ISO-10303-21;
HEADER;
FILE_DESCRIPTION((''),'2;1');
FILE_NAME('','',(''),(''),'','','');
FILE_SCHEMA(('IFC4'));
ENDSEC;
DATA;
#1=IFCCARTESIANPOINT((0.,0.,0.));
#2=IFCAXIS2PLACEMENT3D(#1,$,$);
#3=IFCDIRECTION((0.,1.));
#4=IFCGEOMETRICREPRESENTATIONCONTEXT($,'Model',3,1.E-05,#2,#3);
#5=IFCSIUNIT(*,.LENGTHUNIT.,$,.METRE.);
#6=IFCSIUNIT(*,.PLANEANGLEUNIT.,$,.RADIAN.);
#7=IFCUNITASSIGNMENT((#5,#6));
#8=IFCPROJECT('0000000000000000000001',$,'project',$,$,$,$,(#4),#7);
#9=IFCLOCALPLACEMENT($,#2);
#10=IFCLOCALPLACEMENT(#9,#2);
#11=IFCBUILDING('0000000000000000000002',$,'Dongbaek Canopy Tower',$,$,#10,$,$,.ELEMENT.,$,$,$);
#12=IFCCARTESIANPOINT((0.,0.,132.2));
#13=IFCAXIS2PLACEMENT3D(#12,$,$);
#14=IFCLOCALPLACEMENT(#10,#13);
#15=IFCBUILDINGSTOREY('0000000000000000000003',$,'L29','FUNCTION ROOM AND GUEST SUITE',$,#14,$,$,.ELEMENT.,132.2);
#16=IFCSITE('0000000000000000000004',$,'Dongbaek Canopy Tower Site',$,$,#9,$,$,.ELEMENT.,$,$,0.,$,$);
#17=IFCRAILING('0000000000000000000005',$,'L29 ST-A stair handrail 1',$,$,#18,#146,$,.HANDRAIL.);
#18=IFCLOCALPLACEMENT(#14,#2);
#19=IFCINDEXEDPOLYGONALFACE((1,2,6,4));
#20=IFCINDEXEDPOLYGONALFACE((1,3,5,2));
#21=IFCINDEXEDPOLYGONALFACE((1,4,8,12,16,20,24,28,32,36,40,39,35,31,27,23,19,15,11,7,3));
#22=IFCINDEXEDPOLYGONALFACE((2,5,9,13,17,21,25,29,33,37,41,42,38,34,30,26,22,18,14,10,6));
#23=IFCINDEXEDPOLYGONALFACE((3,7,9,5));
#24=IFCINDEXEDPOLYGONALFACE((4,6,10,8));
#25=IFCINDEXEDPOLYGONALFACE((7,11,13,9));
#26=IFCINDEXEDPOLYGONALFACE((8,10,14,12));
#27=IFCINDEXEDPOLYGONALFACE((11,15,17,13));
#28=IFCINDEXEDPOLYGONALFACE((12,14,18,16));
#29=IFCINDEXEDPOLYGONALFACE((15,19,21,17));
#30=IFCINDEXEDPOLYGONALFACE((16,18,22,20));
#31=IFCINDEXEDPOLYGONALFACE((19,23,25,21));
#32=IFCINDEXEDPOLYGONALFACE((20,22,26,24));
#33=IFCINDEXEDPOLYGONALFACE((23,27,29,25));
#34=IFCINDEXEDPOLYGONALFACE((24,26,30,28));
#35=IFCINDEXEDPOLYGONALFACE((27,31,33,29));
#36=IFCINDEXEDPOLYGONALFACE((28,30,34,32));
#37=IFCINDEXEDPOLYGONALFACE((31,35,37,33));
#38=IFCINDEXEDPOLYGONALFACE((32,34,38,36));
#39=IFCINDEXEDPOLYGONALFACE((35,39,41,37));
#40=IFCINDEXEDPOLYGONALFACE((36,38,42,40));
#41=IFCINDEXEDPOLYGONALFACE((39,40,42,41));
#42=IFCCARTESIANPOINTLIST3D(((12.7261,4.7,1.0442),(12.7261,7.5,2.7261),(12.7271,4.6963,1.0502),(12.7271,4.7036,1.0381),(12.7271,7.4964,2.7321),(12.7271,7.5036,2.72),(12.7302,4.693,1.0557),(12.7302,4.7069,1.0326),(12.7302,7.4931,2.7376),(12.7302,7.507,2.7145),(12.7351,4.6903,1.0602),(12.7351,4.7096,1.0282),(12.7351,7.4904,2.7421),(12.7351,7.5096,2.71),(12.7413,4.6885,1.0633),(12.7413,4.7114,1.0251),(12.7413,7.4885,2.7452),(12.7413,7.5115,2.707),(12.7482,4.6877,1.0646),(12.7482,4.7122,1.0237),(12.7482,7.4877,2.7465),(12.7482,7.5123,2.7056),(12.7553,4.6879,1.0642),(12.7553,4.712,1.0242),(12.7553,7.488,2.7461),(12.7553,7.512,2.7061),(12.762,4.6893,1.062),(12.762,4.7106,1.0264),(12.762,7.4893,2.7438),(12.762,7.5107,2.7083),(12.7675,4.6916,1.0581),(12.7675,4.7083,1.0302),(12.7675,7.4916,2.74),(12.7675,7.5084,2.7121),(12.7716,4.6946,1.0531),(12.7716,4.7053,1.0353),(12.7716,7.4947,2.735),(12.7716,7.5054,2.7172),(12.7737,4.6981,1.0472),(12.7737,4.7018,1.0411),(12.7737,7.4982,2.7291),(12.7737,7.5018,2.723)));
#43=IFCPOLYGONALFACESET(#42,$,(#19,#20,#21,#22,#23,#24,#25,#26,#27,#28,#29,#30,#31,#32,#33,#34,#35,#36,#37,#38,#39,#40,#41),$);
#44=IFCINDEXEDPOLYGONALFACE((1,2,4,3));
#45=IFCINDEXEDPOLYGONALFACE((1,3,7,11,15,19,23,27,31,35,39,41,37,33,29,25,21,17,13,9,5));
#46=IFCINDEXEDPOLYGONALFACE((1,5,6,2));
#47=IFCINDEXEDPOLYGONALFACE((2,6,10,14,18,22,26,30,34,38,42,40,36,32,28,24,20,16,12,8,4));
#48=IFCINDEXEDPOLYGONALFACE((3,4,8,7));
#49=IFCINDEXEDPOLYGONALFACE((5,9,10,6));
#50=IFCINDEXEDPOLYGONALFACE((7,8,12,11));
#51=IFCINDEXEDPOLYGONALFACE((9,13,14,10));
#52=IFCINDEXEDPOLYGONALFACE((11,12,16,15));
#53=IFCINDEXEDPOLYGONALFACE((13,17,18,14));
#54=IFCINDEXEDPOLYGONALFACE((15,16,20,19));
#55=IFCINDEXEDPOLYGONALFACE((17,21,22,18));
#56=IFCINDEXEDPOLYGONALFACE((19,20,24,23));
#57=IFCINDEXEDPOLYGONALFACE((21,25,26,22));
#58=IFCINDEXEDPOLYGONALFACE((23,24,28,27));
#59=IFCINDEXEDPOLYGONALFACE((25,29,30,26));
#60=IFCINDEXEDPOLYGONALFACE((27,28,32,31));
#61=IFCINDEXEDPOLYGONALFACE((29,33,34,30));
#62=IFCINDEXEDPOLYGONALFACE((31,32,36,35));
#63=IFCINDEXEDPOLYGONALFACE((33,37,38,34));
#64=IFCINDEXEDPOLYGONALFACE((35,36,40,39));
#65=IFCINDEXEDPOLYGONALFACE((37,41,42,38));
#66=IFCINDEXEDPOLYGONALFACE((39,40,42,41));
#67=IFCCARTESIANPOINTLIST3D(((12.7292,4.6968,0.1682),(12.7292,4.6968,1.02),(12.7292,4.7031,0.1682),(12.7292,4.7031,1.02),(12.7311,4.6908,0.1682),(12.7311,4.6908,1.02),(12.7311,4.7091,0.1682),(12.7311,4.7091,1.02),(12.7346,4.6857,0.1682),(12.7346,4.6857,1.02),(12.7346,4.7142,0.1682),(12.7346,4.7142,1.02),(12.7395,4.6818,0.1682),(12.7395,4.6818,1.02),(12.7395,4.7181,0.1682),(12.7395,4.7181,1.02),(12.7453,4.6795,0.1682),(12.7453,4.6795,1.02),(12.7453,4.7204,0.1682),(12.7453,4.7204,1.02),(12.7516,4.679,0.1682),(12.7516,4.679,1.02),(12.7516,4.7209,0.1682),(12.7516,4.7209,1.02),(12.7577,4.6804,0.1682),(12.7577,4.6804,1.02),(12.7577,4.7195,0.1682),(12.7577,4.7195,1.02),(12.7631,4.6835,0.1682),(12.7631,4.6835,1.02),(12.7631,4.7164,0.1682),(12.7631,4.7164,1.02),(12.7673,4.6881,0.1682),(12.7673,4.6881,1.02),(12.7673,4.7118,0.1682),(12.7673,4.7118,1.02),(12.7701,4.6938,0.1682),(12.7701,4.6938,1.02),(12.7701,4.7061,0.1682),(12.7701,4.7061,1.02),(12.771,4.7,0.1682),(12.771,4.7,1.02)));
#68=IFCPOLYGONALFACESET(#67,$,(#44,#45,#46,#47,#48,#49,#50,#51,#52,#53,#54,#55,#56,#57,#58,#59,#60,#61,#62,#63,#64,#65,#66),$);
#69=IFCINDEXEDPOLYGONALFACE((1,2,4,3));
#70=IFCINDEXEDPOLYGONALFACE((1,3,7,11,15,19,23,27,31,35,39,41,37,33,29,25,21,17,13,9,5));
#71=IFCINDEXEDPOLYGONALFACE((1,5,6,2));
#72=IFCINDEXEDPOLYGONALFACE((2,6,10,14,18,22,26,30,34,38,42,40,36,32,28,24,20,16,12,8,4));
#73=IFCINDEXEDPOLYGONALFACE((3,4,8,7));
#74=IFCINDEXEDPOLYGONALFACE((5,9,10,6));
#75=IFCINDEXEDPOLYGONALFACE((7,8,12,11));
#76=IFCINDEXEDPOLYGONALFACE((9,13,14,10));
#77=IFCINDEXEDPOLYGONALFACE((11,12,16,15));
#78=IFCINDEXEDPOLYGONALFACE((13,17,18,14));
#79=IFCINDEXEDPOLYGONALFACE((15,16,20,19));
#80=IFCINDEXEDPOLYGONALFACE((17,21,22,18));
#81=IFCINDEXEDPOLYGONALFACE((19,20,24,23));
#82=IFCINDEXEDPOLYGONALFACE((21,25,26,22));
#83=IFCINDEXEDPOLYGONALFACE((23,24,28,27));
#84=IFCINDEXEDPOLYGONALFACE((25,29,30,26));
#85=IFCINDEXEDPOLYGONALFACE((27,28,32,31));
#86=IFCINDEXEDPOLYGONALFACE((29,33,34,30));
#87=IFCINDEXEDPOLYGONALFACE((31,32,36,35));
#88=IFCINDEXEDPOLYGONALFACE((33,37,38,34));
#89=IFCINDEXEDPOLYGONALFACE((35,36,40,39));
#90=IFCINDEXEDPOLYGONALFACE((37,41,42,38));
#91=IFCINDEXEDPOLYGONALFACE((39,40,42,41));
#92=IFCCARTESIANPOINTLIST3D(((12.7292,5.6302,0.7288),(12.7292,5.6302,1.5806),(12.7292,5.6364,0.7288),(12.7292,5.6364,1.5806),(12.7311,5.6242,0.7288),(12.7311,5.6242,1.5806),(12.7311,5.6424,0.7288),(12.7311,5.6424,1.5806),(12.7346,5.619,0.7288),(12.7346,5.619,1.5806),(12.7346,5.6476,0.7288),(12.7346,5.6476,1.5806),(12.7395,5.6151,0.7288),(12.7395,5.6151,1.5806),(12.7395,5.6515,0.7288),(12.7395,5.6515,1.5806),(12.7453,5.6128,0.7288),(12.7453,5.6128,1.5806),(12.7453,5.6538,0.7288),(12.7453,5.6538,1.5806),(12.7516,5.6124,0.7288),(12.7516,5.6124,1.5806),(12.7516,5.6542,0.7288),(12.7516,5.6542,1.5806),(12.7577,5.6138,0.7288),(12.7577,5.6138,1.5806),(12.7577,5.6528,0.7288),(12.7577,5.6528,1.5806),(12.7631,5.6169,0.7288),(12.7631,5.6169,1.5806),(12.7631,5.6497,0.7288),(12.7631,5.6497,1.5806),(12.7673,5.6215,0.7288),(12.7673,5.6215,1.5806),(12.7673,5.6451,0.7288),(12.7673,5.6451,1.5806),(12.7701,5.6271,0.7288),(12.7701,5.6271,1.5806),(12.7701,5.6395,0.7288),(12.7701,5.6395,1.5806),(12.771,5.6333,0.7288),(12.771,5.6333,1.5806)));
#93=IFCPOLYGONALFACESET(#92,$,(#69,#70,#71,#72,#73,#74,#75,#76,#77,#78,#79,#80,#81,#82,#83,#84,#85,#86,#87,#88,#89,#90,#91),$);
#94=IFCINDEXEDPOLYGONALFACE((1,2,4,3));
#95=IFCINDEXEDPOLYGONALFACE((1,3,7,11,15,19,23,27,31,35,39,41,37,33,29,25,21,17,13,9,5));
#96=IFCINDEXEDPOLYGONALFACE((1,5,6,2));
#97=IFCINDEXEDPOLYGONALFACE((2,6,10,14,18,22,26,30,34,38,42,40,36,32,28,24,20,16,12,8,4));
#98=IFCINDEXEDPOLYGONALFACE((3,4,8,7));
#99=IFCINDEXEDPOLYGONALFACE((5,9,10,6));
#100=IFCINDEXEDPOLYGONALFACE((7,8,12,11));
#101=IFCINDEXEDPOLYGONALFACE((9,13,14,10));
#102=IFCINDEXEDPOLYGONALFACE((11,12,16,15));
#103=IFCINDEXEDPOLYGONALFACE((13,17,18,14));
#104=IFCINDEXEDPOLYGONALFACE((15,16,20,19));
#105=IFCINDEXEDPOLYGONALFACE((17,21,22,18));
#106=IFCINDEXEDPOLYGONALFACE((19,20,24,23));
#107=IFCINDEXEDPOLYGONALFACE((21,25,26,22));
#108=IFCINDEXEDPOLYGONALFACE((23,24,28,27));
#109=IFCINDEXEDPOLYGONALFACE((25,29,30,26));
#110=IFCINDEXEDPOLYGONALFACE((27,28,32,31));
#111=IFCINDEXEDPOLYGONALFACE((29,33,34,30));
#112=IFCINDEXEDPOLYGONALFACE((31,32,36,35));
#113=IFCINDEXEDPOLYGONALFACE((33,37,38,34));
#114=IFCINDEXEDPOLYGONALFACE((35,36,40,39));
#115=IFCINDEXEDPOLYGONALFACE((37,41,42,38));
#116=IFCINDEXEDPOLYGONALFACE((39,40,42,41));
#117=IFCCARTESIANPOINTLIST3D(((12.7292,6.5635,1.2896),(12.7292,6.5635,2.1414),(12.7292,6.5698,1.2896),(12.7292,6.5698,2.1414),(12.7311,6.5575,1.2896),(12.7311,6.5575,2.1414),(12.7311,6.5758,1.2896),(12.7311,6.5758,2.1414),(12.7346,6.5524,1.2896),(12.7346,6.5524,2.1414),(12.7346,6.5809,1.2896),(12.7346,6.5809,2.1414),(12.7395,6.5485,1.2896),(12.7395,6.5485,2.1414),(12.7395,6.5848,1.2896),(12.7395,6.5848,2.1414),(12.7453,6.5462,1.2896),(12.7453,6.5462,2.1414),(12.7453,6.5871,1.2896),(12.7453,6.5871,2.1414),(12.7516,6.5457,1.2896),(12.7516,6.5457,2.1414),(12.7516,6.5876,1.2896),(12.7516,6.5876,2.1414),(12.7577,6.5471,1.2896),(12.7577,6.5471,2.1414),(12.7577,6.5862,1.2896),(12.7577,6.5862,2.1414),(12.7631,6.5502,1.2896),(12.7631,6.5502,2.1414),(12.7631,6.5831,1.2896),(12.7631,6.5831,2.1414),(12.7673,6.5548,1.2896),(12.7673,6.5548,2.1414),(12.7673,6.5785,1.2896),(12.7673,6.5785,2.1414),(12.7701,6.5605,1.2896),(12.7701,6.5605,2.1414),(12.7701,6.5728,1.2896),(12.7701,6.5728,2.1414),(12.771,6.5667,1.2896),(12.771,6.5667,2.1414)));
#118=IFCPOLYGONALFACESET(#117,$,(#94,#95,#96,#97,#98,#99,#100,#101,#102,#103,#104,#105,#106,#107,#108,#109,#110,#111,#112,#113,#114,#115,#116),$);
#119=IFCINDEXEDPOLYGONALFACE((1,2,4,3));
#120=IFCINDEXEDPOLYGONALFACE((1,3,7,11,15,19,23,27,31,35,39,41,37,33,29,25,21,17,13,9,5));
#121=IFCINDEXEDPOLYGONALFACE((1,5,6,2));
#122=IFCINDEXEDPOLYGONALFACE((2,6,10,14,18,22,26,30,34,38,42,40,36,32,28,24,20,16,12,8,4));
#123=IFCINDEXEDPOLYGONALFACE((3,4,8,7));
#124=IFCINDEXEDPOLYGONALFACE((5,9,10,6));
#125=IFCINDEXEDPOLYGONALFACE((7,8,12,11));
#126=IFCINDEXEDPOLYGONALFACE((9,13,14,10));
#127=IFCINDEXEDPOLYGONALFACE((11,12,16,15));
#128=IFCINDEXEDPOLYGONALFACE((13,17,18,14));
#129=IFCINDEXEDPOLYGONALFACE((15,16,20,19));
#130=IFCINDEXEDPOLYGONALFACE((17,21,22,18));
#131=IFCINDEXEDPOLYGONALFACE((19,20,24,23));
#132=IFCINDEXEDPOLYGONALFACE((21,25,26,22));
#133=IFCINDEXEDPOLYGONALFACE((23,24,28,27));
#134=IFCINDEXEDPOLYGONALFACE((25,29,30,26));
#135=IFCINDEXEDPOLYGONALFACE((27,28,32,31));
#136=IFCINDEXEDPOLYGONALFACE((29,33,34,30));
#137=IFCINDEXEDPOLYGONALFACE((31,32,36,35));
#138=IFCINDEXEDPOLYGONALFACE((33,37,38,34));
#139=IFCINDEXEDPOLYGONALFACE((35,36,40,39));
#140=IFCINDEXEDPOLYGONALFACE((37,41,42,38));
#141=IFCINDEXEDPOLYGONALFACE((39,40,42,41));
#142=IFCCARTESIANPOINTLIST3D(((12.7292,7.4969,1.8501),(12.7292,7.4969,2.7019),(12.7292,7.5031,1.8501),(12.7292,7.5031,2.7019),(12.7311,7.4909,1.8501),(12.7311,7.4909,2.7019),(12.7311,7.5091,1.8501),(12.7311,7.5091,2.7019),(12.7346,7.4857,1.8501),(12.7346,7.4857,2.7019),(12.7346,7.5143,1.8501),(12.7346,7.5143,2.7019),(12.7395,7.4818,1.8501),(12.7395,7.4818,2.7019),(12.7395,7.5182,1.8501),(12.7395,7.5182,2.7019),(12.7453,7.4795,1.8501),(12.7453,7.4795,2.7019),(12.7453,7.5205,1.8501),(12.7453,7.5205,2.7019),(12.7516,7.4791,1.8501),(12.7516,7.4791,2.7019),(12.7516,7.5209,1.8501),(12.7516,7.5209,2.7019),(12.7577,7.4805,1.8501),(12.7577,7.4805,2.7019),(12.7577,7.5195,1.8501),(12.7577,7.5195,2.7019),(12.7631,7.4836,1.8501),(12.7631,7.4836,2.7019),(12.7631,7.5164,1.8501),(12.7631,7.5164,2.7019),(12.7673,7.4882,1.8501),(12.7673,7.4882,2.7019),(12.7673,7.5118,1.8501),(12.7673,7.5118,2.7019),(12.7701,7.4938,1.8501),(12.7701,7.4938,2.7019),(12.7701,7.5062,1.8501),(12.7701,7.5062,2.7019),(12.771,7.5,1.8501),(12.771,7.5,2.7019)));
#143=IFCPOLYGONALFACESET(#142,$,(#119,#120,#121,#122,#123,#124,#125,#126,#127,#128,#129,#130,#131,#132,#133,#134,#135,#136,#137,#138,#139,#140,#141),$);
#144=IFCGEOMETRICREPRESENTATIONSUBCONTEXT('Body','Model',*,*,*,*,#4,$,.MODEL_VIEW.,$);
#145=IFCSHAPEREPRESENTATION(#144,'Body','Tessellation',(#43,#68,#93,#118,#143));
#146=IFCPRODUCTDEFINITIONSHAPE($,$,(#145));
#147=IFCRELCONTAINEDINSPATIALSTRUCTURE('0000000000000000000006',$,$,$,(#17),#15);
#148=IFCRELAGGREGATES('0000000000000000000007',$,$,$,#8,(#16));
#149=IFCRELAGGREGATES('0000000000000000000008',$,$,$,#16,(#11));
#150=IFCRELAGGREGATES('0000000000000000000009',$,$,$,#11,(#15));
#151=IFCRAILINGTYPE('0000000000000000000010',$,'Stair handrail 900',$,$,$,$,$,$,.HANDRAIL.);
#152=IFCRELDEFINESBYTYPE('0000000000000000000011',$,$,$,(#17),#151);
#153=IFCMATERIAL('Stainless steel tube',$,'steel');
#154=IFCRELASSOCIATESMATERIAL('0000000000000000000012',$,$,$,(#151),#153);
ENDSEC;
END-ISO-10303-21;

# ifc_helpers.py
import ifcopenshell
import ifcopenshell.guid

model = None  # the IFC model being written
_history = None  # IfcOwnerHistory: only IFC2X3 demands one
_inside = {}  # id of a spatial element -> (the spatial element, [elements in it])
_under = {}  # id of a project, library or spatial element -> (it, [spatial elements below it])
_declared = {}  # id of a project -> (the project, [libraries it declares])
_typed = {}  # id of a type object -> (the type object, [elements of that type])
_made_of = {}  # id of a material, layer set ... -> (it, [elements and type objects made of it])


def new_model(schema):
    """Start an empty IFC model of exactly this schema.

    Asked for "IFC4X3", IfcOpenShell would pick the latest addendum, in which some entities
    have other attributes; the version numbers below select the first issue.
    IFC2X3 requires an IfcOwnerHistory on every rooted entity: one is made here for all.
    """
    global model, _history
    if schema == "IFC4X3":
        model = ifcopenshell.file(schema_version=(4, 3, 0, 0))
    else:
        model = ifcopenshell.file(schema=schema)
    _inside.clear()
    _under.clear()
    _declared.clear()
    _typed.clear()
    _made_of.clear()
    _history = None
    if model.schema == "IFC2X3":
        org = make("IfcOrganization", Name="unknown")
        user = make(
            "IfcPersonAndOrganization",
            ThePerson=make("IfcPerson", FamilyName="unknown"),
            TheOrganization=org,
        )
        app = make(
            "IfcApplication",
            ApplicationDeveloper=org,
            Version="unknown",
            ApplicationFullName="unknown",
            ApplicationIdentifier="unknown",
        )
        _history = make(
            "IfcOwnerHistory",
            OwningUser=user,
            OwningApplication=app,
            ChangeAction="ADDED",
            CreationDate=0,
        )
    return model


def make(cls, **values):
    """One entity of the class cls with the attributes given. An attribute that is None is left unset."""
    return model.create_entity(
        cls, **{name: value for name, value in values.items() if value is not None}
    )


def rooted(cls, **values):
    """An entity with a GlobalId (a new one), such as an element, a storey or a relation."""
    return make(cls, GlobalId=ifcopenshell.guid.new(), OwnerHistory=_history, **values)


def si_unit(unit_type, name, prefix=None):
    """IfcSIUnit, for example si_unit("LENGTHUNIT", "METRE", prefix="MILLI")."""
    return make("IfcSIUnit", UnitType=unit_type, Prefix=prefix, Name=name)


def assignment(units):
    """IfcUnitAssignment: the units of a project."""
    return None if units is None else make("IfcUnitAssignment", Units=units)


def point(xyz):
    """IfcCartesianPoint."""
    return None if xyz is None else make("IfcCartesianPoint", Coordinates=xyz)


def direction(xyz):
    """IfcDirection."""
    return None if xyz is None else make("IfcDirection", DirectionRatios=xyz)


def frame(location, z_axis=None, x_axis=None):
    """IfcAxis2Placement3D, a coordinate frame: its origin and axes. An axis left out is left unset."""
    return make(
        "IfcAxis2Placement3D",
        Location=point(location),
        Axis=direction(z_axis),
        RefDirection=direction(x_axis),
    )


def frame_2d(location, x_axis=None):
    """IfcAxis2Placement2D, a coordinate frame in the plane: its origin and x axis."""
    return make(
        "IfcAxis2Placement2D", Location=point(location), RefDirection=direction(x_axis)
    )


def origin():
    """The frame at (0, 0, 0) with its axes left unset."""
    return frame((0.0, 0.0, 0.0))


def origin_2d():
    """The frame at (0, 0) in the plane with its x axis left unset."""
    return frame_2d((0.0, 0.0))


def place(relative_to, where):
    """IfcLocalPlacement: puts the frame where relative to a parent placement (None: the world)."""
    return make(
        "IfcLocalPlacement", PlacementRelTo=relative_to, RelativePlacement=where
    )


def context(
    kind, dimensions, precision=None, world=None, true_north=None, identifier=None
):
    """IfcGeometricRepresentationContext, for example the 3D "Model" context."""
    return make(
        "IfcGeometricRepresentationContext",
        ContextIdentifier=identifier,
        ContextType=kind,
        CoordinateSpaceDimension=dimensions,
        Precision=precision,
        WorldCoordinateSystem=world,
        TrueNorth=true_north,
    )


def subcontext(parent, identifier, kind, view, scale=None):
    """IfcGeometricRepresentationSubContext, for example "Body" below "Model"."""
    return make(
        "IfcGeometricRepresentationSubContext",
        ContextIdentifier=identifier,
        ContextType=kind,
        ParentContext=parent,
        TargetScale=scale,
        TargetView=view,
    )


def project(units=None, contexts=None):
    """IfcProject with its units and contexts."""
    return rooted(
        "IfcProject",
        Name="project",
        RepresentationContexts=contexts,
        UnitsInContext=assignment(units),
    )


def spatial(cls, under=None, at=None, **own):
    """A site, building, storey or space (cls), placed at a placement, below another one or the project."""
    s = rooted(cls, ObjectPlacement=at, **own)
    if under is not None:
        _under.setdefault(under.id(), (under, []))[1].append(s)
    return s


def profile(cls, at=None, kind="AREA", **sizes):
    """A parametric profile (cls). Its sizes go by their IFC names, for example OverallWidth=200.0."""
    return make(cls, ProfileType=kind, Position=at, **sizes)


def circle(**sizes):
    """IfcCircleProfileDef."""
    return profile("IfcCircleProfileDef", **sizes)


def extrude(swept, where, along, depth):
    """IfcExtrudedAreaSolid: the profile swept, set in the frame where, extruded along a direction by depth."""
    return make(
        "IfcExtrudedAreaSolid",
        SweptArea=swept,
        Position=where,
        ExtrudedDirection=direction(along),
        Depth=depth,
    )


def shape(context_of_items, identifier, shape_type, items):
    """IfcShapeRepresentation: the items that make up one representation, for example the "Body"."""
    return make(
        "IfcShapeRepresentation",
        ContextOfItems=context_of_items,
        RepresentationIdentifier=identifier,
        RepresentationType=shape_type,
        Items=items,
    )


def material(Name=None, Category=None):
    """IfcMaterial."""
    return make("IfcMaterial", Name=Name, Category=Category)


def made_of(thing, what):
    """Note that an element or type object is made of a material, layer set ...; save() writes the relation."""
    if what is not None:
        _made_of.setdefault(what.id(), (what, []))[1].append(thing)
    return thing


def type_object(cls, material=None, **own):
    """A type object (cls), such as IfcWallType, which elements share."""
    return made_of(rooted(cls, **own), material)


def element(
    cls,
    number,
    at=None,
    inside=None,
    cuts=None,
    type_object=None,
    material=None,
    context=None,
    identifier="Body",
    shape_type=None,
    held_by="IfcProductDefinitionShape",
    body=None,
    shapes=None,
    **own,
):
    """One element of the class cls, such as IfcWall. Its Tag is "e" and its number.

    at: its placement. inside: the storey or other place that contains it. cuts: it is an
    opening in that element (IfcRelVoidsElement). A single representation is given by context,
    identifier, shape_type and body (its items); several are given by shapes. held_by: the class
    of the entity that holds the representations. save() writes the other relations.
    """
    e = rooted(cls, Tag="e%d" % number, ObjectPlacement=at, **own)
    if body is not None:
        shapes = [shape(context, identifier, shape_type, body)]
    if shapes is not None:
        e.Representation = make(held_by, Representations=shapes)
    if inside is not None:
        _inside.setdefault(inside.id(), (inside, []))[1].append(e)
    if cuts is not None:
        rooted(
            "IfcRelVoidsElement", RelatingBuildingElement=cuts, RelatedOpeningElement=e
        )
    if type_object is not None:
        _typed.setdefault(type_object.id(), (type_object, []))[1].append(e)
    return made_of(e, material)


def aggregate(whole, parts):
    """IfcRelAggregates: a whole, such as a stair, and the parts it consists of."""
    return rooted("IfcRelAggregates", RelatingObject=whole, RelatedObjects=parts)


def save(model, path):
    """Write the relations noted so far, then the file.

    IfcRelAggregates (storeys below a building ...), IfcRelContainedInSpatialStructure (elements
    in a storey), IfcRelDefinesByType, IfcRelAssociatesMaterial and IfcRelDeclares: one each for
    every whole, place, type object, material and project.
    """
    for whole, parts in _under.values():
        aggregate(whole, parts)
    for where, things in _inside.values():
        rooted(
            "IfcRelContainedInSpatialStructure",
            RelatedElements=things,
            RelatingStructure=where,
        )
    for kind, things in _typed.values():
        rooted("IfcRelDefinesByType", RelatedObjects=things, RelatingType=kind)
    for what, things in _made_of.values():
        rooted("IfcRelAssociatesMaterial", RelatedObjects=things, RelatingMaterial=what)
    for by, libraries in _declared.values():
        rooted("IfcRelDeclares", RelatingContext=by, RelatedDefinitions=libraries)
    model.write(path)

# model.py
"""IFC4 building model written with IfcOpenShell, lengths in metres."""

from ifc_helpers import new_model, si_unit, direction, frame, origin, origin_2d, place, context, subcontext, project, spatial, circle, extrude, material, type_object, element, save


model = new_model("IFC4")

# Units and contexts
model_context = context("Model", 3, precision=1e-05, world=origin(), true_north=direction((0.0, 1.0)))
body_context = subcontext(model_context, "Body", "Model", "MODEL_VIEW")
ifc_project = project(units=[si_unit("LENGTHUNIT", "METRE"), si_unit("PLANEANGLEUNIT", "RADIAN")], contexts=[model_context])

# Site, building, storey
site_placement = place(None, origin())
site = spatial("IfcSite", under=ifc_project, at=site_placement, Name="Dongbaek Canopy Tower Site", CompositionType="ELEMENT", RefElevation=0.0)
building_placement = place(site_placement, origin())
building = spatial("IfcBuilding", under=site, at=building_placement, Name="Dongbaek Canopy Tower", CompositionType="ELEMENT")
storey_placement = place(building_placement, frame((0.0, 0.0, 132.2)))
storey = spatial("IfcBuildingStorey", under=building, at=storey_placement, Name="L29", Description="FUNCTION ROOM AND GUEST SUITE", CompositionType="ELEMENT", Elevation=132.2)

# Railing
ifc_material_1 = material(Name="Stainless steel tube", Category="steel")
railing_type = type_object("IfcRailingType", Name="Stair handrail 900", PredefinedType="HANDRAIL", material=ifc_material_1)
railing_placement = place(storey_placement, frame((12.75, 4.7, 0.1682)))
element("IfcRailing", 1, at=railing_placement, inside=storey, type_object=railing_type, Name="L29 ST-A stair handrail 1", PredefinedType="HANDRAIL", context=body_context, shape_type="SweptSolid", body=[
    extrude(circle(Radius=0.0239, at=origin_2d()), frame((0.0, 0.0, 0.876), z_axis=(0.0, 0.857242, 0.514913), x_axis=(-1.0, 0.0, 0.0)), (0.0, 0.0, 1.0), 3.2664),
    extrude(circle(Radius=0.021, at=origin_2d()), origin(), (0.0, 0.0, 1.0), 0.8518),
    extrude(circle(Radius=0.021, at=origin_2d()), frame((0.0, 0.9333, 0.5605)), (0.0, 0.0, 1.0), 0.8518),
    extrude(circle(Radius=0.021, at=origin_2d()), frame((0.0, 1.8667, 1.1213)), (0.0, 0.0, 1.0), 0.8518),
    extrude(circle(Radius=0.021, at=origin_2d()), frame((0.0, 2.8, 1.6819)), (0.0, 0.0, 1.0), 0.8518),
])

save(model, "model.ifc")
